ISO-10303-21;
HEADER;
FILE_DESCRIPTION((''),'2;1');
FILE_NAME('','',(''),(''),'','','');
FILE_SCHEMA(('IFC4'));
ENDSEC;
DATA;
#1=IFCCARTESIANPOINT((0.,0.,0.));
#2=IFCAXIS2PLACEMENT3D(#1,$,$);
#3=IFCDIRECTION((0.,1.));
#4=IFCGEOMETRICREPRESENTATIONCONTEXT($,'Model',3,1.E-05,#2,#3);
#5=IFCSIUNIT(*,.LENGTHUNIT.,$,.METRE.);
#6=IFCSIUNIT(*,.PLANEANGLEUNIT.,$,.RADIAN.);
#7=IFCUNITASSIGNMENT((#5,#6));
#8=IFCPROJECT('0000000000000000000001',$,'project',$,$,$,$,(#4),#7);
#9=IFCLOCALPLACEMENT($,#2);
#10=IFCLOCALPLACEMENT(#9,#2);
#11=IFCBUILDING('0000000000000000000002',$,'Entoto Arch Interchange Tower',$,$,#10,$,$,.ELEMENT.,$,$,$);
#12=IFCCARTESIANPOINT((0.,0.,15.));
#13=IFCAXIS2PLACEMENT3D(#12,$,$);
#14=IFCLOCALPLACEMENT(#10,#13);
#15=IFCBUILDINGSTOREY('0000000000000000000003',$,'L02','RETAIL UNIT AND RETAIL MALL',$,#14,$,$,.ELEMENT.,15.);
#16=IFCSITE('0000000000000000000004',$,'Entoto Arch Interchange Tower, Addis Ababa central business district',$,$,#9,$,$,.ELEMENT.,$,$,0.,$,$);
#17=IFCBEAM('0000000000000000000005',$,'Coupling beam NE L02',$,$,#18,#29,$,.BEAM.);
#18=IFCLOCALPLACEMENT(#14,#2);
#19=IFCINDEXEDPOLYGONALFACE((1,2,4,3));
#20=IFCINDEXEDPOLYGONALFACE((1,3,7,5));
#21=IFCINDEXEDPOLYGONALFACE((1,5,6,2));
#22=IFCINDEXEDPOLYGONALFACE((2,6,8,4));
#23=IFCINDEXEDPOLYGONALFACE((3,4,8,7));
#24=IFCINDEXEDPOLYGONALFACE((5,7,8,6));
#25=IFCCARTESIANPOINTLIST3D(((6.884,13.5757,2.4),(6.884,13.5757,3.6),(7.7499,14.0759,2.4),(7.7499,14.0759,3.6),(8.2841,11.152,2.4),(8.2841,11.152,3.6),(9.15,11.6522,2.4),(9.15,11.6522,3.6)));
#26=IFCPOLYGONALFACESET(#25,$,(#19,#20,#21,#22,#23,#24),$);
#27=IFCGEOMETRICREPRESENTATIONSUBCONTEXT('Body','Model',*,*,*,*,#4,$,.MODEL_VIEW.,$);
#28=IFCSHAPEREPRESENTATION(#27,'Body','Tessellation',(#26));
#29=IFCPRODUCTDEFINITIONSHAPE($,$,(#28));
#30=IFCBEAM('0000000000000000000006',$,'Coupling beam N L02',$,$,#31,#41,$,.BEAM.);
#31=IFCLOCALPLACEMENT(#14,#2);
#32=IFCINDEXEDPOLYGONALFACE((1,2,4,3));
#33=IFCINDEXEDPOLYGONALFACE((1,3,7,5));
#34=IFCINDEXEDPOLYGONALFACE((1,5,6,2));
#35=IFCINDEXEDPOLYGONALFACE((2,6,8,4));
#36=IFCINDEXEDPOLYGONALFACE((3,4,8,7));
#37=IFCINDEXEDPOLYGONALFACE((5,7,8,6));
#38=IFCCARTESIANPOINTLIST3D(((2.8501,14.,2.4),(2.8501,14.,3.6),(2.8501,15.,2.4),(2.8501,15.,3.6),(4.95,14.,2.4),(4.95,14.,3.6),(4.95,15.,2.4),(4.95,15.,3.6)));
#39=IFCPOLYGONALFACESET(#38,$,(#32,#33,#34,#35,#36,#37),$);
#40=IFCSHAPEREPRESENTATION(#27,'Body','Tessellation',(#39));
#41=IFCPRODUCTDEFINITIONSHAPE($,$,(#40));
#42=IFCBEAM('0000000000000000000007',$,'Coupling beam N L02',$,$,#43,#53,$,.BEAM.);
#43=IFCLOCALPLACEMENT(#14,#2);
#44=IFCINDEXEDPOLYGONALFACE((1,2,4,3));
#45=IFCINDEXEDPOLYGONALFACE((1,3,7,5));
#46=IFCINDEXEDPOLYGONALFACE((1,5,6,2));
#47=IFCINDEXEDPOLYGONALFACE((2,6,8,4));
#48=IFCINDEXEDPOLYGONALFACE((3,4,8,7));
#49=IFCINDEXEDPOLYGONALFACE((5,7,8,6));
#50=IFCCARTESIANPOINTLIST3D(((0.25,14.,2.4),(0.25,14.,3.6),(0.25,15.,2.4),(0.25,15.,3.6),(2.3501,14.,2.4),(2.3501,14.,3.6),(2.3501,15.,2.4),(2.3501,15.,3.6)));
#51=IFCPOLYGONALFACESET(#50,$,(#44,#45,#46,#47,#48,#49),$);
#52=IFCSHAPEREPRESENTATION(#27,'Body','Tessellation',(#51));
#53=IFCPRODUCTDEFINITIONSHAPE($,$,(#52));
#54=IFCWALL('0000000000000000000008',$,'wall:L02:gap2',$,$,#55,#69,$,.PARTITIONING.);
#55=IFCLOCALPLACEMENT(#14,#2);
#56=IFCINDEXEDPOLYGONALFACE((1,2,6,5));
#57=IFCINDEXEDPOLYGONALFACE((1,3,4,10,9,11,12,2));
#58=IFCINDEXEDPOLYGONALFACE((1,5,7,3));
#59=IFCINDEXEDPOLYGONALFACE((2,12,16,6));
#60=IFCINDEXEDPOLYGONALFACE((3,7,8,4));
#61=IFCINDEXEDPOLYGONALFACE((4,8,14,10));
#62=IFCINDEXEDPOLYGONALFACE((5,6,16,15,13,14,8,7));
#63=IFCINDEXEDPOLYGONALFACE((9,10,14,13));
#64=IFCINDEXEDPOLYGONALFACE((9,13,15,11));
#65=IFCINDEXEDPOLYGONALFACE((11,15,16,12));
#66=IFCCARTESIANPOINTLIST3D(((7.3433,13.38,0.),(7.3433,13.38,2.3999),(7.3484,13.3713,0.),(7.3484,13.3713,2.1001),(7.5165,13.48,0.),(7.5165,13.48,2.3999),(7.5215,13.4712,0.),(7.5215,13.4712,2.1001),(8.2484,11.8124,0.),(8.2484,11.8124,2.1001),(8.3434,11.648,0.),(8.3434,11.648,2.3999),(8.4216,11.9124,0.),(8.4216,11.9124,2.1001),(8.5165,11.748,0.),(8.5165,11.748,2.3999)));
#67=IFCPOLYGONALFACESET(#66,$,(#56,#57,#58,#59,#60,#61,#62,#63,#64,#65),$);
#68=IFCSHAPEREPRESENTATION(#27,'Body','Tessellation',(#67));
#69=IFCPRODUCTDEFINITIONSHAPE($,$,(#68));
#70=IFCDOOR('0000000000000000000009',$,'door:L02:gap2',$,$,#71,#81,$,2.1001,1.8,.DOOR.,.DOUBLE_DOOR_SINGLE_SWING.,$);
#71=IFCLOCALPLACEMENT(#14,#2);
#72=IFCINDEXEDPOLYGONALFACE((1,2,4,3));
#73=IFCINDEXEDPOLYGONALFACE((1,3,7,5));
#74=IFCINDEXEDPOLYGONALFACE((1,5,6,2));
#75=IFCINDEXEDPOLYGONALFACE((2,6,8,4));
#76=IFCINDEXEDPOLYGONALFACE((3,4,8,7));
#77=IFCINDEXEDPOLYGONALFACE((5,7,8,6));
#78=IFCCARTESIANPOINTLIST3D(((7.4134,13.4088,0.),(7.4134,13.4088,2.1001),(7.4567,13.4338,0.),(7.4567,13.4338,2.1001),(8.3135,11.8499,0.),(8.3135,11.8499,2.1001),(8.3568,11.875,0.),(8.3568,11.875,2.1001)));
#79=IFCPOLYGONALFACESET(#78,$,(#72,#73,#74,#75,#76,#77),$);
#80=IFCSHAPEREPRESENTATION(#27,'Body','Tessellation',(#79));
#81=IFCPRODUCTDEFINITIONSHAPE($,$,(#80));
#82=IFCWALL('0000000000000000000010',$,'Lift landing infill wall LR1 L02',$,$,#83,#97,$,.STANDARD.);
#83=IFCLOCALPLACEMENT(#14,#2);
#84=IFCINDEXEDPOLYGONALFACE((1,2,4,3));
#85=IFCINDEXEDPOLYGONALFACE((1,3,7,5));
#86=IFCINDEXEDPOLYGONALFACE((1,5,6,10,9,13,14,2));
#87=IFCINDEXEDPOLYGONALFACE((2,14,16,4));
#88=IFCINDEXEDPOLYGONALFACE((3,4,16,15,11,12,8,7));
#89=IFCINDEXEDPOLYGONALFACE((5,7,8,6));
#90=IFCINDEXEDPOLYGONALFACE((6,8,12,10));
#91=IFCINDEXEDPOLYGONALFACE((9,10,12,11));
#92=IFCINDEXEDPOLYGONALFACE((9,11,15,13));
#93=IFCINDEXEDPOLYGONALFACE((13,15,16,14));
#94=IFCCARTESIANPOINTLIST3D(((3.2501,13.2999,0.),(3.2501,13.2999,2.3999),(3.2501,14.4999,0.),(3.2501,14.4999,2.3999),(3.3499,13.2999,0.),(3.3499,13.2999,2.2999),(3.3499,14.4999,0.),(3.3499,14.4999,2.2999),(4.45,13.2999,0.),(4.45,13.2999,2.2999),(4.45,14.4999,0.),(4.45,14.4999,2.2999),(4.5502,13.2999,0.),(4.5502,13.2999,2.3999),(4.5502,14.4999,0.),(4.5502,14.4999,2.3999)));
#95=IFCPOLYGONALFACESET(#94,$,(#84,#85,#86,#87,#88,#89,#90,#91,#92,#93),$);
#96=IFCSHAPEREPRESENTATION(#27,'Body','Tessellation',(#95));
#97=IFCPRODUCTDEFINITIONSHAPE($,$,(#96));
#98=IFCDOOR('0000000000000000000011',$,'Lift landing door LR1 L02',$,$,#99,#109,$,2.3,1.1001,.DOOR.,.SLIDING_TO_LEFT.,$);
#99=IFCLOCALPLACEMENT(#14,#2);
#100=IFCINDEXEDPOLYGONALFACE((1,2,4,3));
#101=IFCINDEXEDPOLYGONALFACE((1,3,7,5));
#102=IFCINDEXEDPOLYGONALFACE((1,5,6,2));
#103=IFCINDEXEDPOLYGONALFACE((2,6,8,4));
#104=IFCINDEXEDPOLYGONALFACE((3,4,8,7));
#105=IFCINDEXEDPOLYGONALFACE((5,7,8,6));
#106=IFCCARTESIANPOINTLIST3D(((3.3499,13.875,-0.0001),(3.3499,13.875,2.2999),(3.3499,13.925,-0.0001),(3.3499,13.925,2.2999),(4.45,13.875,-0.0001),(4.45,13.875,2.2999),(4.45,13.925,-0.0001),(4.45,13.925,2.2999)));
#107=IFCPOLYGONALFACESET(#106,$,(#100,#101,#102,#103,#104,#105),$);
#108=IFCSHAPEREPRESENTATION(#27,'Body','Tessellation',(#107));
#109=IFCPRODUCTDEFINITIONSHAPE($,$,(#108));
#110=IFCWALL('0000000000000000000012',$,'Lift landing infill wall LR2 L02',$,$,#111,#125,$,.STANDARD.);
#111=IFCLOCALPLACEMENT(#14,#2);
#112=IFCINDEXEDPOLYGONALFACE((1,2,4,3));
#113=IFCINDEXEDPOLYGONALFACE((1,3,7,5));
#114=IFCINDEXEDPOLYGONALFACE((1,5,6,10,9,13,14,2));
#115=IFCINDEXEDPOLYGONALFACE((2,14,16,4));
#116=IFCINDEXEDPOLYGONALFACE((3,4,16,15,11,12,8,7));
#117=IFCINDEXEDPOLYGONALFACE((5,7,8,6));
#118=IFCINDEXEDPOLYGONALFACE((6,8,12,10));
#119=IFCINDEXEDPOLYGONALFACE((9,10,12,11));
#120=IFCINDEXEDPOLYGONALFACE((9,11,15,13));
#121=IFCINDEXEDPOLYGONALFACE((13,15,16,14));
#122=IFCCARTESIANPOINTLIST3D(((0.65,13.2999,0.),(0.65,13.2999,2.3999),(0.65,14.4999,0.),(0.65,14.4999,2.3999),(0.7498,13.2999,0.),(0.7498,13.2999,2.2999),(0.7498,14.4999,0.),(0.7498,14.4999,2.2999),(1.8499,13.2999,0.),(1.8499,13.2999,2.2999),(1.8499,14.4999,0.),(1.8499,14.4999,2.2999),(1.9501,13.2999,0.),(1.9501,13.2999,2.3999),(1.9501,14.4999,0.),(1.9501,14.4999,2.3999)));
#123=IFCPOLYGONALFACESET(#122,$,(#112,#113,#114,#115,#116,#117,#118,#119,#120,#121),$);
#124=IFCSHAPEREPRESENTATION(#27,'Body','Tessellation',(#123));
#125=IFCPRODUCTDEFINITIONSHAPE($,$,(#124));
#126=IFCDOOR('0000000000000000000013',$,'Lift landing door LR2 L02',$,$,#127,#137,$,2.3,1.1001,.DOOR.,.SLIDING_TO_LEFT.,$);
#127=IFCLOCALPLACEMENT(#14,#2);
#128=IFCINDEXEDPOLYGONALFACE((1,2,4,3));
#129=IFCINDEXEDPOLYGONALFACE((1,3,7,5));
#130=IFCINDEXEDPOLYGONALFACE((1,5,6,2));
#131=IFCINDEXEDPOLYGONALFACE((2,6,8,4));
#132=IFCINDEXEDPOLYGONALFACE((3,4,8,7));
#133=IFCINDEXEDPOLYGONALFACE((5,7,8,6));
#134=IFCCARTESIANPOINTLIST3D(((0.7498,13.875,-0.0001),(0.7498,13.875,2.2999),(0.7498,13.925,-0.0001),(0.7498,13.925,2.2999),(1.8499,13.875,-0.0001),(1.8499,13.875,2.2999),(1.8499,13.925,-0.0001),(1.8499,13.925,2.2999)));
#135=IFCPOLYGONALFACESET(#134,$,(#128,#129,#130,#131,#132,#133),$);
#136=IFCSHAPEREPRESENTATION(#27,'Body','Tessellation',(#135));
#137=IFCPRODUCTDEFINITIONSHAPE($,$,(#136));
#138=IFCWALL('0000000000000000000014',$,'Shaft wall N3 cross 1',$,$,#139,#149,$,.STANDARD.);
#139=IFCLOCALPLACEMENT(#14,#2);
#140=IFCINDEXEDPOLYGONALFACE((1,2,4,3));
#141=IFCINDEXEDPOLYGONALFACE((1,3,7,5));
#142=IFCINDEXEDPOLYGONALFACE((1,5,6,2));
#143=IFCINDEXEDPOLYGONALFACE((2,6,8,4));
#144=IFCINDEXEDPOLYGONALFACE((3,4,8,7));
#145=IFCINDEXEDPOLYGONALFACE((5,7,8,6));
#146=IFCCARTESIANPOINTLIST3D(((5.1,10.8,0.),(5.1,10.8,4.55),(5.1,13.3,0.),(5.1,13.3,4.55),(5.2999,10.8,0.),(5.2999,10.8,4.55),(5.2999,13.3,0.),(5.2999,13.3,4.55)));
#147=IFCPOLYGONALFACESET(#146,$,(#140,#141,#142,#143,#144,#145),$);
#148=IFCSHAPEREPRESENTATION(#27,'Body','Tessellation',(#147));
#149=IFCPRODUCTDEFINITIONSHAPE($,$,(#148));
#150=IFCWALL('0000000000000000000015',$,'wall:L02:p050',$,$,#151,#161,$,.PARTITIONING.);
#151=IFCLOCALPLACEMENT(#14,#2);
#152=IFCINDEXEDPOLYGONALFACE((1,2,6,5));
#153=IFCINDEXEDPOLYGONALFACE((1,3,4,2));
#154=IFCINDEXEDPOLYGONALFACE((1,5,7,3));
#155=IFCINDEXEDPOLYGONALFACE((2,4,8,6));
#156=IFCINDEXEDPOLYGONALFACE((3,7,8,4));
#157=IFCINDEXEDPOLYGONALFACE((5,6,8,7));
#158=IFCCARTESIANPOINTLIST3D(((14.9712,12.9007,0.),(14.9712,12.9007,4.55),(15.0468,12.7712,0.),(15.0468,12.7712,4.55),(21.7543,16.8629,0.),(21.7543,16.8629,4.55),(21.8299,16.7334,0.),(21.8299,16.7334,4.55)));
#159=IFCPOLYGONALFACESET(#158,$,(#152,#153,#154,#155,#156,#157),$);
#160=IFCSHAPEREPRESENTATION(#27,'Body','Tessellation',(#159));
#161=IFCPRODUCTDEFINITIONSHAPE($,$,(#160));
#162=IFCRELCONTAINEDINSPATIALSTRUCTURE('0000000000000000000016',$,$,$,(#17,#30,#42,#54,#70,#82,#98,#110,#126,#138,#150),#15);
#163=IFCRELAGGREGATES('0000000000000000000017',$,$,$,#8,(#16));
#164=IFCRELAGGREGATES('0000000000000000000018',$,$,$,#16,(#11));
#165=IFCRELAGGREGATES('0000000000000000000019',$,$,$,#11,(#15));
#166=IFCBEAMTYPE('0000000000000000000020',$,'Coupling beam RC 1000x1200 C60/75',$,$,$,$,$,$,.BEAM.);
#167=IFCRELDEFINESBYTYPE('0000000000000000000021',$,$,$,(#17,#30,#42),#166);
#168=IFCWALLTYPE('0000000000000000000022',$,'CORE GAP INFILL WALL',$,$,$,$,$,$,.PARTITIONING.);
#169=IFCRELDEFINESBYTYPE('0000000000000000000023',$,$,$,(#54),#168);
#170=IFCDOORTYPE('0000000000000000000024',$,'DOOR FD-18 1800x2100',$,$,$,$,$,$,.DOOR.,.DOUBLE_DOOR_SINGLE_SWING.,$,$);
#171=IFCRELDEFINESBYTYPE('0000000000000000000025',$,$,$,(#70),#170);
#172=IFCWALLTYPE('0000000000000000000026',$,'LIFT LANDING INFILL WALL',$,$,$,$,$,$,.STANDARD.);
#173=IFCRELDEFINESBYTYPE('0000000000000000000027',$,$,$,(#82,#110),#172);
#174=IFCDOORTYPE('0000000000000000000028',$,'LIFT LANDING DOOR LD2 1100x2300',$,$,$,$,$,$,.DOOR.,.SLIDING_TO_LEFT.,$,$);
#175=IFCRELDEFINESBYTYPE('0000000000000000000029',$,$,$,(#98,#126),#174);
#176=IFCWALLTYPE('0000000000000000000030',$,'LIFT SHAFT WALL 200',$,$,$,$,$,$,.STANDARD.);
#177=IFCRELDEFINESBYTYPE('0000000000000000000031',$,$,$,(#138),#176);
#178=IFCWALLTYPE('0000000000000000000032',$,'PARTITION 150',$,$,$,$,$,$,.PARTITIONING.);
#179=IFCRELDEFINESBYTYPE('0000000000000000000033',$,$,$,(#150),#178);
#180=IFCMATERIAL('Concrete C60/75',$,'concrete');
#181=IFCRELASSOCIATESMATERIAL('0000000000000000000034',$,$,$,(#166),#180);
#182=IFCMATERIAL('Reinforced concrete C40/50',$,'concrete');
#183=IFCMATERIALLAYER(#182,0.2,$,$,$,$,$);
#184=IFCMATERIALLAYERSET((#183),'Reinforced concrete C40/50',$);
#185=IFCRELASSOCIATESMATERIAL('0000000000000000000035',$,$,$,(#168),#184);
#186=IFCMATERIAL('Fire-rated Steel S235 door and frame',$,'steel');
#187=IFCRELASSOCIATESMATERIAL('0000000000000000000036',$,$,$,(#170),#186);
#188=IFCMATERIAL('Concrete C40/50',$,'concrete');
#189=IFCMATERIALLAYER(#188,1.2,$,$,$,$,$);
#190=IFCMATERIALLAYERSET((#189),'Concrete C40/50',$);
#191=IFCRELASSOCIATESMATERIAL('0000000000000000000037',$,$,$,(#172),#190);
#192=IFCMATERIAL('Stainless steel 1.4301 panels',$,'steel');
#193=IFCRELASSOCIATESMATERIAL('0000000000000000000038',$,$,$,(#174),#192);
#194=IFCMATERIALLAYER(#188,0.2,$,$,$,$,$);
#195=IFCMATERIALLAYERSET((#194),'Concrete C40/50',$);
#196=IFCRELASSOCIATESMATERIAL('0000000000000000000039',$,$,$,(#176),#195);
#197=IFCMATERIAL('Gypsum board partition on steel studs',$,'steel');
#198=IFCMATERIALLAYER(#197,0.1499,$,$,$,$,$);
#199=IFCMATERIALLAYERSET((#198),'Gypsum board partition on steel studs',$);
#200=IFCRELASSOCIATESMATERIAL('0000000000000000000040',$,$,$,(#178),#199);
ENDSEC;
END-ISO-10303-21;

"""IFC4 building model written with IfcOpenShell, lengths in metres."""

from ifc_helpers import new_model, si_unit, direction, frame, frame_2d, origin, origin_2d, place, context, subcontext, project, spatial, rectangle, extrude, material, layer, layer_set, material_profile, profile_set, type_object, element, fill, save


model = new_model("IFC4")

# Units and contexts
model_context = context("Model", 3, precision=1e-05, world=origin(), true_north=direction((0.0, 1.0)))
body_context = subcontext(model_context, "Body", "Model", "MODEL_VIEW")
ifc_project = project(units=[si_unit("LENGTHUNIT", "METRE"), si_unit("PLANEANGLEUNIT", "RADIAN")], contexts=[model_context])

# Site, building, storey
site_placement = place(None, origin())
site = spatial("IfcSite", under=ifc_project, at=site_placement, Name="Entoto Arch Interchange Tower, Addis Ababa central business district", CompositionType="ELEMENT", RefElevation=0.0)
building_placement = place(site_placement, origin())
building = spatial("IfcBuilding", under=site, at=building_placement, Name="Entoto Arch Interchange Tower", CompositionType="ELEMENT")
storey_placement = place(building_placement, frame((0.0, 0.0, 15.0)))
storey = spatial("IfcBuildingStorey", under=building, at=storey_placement, Name="L02", Description="RETAIL UNIT AND RETAIL MALL", CompositionType="ELEMENT", Elevation=15.0)

# Beams
ifc_material_1 = material(Name="Concrete C60/75", Category="concrete")
ifc_material_profile = material_profile(ifc_material_1, rectangle(XDim=1.0, YDim=1.2, at=origin_2d()))
ifc_profile_set = profile_set([ifc_material_profile], Name="Concrete C60/75")
beam_type = type_object("IfcBeamType", Name="Coupling beam RC 1000x1200 C60/75", PredefinedType="BEAM", material=ifc_profile_set)
beam_1_placement = place(storey_placement, frame((8.717, 11.4021, 3.0), z_axis=(-0.500201, 0.86591, 0.0), x_axis=(-0.86591, -0.500201, 0.0)))
element("IfcBeam", 1, at=beam_1_placement, inside=storey, type_object=beam_type, Name="Coupling beam NE L02", PredefinedType="BEAM", context=body_context, shape_type="SweptSolid", body=[
    extrude(rectangle(XDim=1.0, YDim=1.2, at=origin_2d()), origin(), (0.0, 0.0, 1.0), 2.7991),
])
beam_2_placement = place(storey_placement, frame((4.95, 14.5, 3.0), z_axis=(-1.0, 0.0, 0.0), x_axis=(0.0, -1.0, 0.0)))
element("IfcBeam", 2, at=beam_2_placement, inside=storey, type_object=beam_type, Name="Coupling beam N L02", PredefinedType="BEAM", context=body_context, shape_type="SweptSolid", body=[
    extrude(rectangle(XDim=1.0, YDim=1.2, at=origin_2d()), origin(), (0.0, 0.0, 1.0), 2.0999),
])
beam_3_placement = place(storey_placement, frame((2.3501, 14.5, 3.0), z_axis=(-1.0, 0.0, 0.0), x_axis=(0.0, -1.0, 0.0)))
element("IfcBeam", 3, at=beam_3_placement, inside=storey, type_object=beam_type, Name="Coupling beam N L02", PredefinedType="BEAM", context=body_context, shape_type="SweptSolid", body=[
    extrude(rectangle(XDim=1.0, YDim=1.2, at=origin_2d()), origin(), (0.0, 0.0, 1.0), 2.1001),
])

# Walls, openings, doors
ifc_material_2 = material(Name="Reinforced concrete C40/50", Category="concrete")
ifc_layer_1 = layer(ifc_material_2, 0.2)
ifc_layer_set_1 = layer_set([ifc_layer_1], Name="Reinforced concrete C40/50")
wall_type_1 = type_object("IfcWallType", Name="CORE GAP INFILL WALL", PredefinedType="PARTITIONING", material=ifc_layer_set_1)
wall_1_placement = place(storey_placement, frame((8.4299, 11.698, 0.0), z_axis=(0.0, 0.0, 1.0), x_axis=(-0.500025, 0.866011, 0.0)))
wall_1 = element("IfcWall", 4, at=wall_1_placement, inside=storey, type_object=wall_type_1, Name="wall:L02:gap2", PredefinedType="PARTITIONING", context=body_context, shape_type="SweptSolid", body=[
    extrude(rectangle(XDim=2.0, YDim=0.2, at=frame_2d((1.0, 0.0))), origin(), (0.0, 0.0, 1.0), 2.3999),
])
opening_1_placement = place(wall_1_placement, frame((0.1899, 0.0, 0.0)))
opening_1 = element("IfcOpeningElement", 5, at=opening_1_placement, cuts=wall_1, PredefinedType="OPENING", context=body_context, shape_type="SweptSolid", body=[
    extrude(rectangle(XDim=1.8, YDim=2.1001, at=frame_2d((0.8999, 1.05))), frame((0.0, 0.1099, 0.0), z_axis=(0.0, -1.0, 0.0), x_axis=(1.0, 0.0, 0.0)), (0.0, 0.0, 1.0), 0.22),
])
ifc_material_3 = material(Name="Fire-rated Steel S235 door and frame", Category="steel")
door_type_1 = type_object("IfcDoorType", Name="DOOR FD-18 1800x2100", OperationType="DOUBLE_DOOR_SINGLE_SWING", PredefinedType="DOOR", material=ifc_material_3)
door_1_placement = place(opening_1_placement, origin())
door_1 = element("IfcDoor", 6, at=door_1_placement, inside=storey, type_object=door_type_1, Name="door:L02:gap2", OperationType="DOUBLE_DOOR_SINGLE_SWING", OverallHeight=2.1001, OverallWidth=1.8, PredefinedType="DOOR", context=body_context, shape_type="SweptSolid", body=[
    extrude(rectangle(XDim=1.8, YDim=2.1001, at=frame_2d((0.8999, 1.05))), frame((0.0, 0.0249, 0.0), z_axis=(0.0, -1.0, 0.0), x_axis=(1.0, 0.0, 0.0)), (0.0, 0.0, 1.0), 0.05),
])
fill(opening_1, door_1)
ifc_material_4 = material(Name="Concrete C40/50", Category="concrete")
ifc_layer_2 = layer(ifc_material_4, 1.2)
ifc_layer_set_2 = layer_set([ifc_layer_2], Name="Concrete C40/50")
wall_type_2 = type_object("IfcWallType", Name="LIFT LANDING INFILL WALL", PredefinedType="STANDARD", material=ifc_layer_set_2)
wall_2_placement = place(storey_placement, frame((4.55, 13.8999, 0.0), z_axis=(0.0, 0.0, 1.0), x_axis=(-1.0, 0.0, 0.0)))
wall_2 = element("IfcWall", 7, at=wall_2_placement, inside=storey, type_object=wall_type_2, Name="Lift landing infill wall LR1 L02", PredefinedType="STANDARD", context=body_context, shape_type="SweptSolid", body=[
    extrude(rectangle(XDim=1.3, YDim=1.2, at=frame_2d((0.6499, 0.0))), origin(), (0.0, 0.0, 1.0), 2.3999),
])
opening_2_placement = place(wall_2_placement, frame((0.1001, 0.0, 0.0)))
opening_2 = element("IfcOpeningElement", 8, at=opening_2_placement, cuts=wall_2, PredefinedType="OPENING", context=body_context, shape_type="SweptSolid", body=[
    extrude(rectangle(XDim=1.1001, YDim=2.3, at=frame_2d((0.55, 1.1499))), frame((0.0, 0.6099, 0.0), z_axis=(0.0, -1.0, 0.0), x_axis=(1.0, 0.0, 0.0)), (0.0, 0.0, 1.0), 1.22),
])
ifc_material_5 = material(Name="Stainless steel 1.4301 panels", Category="steel")
door_type_2 = type_object("IfcDoorType", Name="LIFT LANDING DOOR LD2 1100x2300", OperationType="SLIDING_TO_LEFT", PredefinedType="DOOR", material=ifc_material_5)
door_2_placement = place(opening_2_placement, origin())
door_2 = element("IfcDoor", 9, at=door_2_placement, inside=storey, type_object=door_type_2, Name="Lift landing door LR1 L02", OperationType="SLIDING_TO_LEFT", OverallHeight=2.3, OverallWidth=1.1001, PredefinedType="DOOR", context=body_context, shape_type="SweptSolid", body=[
    extrude(rectangle(XDim=1.1001, YDim=2.3, at=frame_2d((0.55, 1.1499))), frame((0.0, 0.0249, 0.0), z_axis=(0.0, -1.0, 0.0), x_axis=(1.0, 0.0, 0.0)), (0.0, 0.0, 1.0), 0.05),
])
fill(opening_2, door_2)
wall_3_placement = place(storey_placement, frame((1.95, 13.8999, 0.0), z_axis=(0.0, 0.0, 1.0), x_axis=(-1.0, 0.0, 0.0)))
wall_3 = element("IfcWall", 10, at=wall_3_placement, inside=storey, type_object=wall_type_2, Name="Lift landing infill wall LR2 L02", PredefinedType="STANDARD", context=body_context, shape_type="SweptSolid", body=[
    extrude(rectangle(XDim=1.3, YDim=1.2, at=frame_2d((0.6499, 0.0))), origin(), (0.0, 0.0, 1.0), 2.3999),
])
opening_3_placement = place(wall_3_placement, frame((0.1001, 0.0, 0.0)))
opening_3 = element("IfcOpeningElement", 11, at=opening_3_placement, cuts=wall_3, PredefinedType="OPENING", context=body_context, shape_type="SweptSolid", body=[
    extrude(rectangle(XDim=1.1001, YDim=2.3, at=frame_2d((0.55, 1.1499))), frame((0.0, 0.6099, 0.0), z_axis=(0.0, -1.0, 0.0), x_axis=(1.0, 0.0, 0.0)), (0.0, 0.0, 1.0), 1.22),
])
door_3_placement = place(opening_3_placement, origin())
door_3 = element("IfcDoor", 12, at=door_3_placement, inside=storey, type_object=door_type_2, Name="Lift landing door LR2 L02", OperationType="SLIDING_TO_LEFT", OverallHeight=2.3, OverallWidth=1.1001, PredefinedType="DOOR", context=body_context, shape_type="SweptSolid", body=[
    extrude(rectangle(XDim=1.1001, YDim=2.3, at=frame_2d((0.55, 1.1499))), frame((0.0, 0.0249, 0.0), z_axis=(0.0, -1.0, 0.0), x_axis=(1.0, 0.0, 0.0)), (0.0, 0.0, 1.0), 0.05),
])
fill(opening_3, door_3)

# Walls
ifc_layer_3 = layer(ifc_material_4, 0.2)
ifc_layer_set_3 = layer_set([ifc_layer_3], Name="Concrete C40/50")
wall_type_3 = type_object("IfcWallType", Name="LIFT SHAFT WALL 200", PredefinedType="STANDARD", material=ifc_layer_set_3)
wall_4_placement = place(storey_placement, frame((5.2, 10.8, 0.0), z_axis=(0.0, 0.0, 1.0), x_axis=(0.0, 1.0, 0.0)))
element("IfcWall", 13, at=wall_4_placement, inside=storey, type_object=wall_type_3, Name="Shaft wall N3 cross 1", PredefinedType="STANDARD", context=body_context, shape_type="SweptSolid", body=[
    extrude(rectangle(XDim=2.5, YDim=0.2, at=frame_2d((1.25, 0.0))), origin(), (0.0, 0.0, 1.0), 4.55),
])
ifc_material_6 = material(Name="Gypsum board partition on steel studs", Category="steel")
ifc_layer_4 = layer(ifc_material_6, 0.1499)
ifc_layer_set_4 = layer_set([ifc_layer_4], Name="Gypsum board partition on steel studs")
wall_type_4 = type_object("IfcWallType", Name="PARTITION 150", PredefinedType="PARTITIONING", material=ifc_layer_set_4)
wall_5_placement = place(storey_placement, frame((15.009, 12.8359, 0.0), z_axis=(0.0, 0.0, 1.0), x_axis=(0.863478, 0.504387, 0.0)))
element("IfcWall", 14, at=wall_5_placement, inside=storey, type_object=wall_type_4, Name="wall:L02:p050", PredefinedType="PARTITIONING", context=body_context, shape_type="SweptSolid", body=[
    extrude(rectangle(XDim=7.8555, YDim=0.1499, at=frame_2d((3.9277, 0.0))), origin(), (0.0, 0.0, 1.0), 4.55),
])

save(model, "model.ifc")
